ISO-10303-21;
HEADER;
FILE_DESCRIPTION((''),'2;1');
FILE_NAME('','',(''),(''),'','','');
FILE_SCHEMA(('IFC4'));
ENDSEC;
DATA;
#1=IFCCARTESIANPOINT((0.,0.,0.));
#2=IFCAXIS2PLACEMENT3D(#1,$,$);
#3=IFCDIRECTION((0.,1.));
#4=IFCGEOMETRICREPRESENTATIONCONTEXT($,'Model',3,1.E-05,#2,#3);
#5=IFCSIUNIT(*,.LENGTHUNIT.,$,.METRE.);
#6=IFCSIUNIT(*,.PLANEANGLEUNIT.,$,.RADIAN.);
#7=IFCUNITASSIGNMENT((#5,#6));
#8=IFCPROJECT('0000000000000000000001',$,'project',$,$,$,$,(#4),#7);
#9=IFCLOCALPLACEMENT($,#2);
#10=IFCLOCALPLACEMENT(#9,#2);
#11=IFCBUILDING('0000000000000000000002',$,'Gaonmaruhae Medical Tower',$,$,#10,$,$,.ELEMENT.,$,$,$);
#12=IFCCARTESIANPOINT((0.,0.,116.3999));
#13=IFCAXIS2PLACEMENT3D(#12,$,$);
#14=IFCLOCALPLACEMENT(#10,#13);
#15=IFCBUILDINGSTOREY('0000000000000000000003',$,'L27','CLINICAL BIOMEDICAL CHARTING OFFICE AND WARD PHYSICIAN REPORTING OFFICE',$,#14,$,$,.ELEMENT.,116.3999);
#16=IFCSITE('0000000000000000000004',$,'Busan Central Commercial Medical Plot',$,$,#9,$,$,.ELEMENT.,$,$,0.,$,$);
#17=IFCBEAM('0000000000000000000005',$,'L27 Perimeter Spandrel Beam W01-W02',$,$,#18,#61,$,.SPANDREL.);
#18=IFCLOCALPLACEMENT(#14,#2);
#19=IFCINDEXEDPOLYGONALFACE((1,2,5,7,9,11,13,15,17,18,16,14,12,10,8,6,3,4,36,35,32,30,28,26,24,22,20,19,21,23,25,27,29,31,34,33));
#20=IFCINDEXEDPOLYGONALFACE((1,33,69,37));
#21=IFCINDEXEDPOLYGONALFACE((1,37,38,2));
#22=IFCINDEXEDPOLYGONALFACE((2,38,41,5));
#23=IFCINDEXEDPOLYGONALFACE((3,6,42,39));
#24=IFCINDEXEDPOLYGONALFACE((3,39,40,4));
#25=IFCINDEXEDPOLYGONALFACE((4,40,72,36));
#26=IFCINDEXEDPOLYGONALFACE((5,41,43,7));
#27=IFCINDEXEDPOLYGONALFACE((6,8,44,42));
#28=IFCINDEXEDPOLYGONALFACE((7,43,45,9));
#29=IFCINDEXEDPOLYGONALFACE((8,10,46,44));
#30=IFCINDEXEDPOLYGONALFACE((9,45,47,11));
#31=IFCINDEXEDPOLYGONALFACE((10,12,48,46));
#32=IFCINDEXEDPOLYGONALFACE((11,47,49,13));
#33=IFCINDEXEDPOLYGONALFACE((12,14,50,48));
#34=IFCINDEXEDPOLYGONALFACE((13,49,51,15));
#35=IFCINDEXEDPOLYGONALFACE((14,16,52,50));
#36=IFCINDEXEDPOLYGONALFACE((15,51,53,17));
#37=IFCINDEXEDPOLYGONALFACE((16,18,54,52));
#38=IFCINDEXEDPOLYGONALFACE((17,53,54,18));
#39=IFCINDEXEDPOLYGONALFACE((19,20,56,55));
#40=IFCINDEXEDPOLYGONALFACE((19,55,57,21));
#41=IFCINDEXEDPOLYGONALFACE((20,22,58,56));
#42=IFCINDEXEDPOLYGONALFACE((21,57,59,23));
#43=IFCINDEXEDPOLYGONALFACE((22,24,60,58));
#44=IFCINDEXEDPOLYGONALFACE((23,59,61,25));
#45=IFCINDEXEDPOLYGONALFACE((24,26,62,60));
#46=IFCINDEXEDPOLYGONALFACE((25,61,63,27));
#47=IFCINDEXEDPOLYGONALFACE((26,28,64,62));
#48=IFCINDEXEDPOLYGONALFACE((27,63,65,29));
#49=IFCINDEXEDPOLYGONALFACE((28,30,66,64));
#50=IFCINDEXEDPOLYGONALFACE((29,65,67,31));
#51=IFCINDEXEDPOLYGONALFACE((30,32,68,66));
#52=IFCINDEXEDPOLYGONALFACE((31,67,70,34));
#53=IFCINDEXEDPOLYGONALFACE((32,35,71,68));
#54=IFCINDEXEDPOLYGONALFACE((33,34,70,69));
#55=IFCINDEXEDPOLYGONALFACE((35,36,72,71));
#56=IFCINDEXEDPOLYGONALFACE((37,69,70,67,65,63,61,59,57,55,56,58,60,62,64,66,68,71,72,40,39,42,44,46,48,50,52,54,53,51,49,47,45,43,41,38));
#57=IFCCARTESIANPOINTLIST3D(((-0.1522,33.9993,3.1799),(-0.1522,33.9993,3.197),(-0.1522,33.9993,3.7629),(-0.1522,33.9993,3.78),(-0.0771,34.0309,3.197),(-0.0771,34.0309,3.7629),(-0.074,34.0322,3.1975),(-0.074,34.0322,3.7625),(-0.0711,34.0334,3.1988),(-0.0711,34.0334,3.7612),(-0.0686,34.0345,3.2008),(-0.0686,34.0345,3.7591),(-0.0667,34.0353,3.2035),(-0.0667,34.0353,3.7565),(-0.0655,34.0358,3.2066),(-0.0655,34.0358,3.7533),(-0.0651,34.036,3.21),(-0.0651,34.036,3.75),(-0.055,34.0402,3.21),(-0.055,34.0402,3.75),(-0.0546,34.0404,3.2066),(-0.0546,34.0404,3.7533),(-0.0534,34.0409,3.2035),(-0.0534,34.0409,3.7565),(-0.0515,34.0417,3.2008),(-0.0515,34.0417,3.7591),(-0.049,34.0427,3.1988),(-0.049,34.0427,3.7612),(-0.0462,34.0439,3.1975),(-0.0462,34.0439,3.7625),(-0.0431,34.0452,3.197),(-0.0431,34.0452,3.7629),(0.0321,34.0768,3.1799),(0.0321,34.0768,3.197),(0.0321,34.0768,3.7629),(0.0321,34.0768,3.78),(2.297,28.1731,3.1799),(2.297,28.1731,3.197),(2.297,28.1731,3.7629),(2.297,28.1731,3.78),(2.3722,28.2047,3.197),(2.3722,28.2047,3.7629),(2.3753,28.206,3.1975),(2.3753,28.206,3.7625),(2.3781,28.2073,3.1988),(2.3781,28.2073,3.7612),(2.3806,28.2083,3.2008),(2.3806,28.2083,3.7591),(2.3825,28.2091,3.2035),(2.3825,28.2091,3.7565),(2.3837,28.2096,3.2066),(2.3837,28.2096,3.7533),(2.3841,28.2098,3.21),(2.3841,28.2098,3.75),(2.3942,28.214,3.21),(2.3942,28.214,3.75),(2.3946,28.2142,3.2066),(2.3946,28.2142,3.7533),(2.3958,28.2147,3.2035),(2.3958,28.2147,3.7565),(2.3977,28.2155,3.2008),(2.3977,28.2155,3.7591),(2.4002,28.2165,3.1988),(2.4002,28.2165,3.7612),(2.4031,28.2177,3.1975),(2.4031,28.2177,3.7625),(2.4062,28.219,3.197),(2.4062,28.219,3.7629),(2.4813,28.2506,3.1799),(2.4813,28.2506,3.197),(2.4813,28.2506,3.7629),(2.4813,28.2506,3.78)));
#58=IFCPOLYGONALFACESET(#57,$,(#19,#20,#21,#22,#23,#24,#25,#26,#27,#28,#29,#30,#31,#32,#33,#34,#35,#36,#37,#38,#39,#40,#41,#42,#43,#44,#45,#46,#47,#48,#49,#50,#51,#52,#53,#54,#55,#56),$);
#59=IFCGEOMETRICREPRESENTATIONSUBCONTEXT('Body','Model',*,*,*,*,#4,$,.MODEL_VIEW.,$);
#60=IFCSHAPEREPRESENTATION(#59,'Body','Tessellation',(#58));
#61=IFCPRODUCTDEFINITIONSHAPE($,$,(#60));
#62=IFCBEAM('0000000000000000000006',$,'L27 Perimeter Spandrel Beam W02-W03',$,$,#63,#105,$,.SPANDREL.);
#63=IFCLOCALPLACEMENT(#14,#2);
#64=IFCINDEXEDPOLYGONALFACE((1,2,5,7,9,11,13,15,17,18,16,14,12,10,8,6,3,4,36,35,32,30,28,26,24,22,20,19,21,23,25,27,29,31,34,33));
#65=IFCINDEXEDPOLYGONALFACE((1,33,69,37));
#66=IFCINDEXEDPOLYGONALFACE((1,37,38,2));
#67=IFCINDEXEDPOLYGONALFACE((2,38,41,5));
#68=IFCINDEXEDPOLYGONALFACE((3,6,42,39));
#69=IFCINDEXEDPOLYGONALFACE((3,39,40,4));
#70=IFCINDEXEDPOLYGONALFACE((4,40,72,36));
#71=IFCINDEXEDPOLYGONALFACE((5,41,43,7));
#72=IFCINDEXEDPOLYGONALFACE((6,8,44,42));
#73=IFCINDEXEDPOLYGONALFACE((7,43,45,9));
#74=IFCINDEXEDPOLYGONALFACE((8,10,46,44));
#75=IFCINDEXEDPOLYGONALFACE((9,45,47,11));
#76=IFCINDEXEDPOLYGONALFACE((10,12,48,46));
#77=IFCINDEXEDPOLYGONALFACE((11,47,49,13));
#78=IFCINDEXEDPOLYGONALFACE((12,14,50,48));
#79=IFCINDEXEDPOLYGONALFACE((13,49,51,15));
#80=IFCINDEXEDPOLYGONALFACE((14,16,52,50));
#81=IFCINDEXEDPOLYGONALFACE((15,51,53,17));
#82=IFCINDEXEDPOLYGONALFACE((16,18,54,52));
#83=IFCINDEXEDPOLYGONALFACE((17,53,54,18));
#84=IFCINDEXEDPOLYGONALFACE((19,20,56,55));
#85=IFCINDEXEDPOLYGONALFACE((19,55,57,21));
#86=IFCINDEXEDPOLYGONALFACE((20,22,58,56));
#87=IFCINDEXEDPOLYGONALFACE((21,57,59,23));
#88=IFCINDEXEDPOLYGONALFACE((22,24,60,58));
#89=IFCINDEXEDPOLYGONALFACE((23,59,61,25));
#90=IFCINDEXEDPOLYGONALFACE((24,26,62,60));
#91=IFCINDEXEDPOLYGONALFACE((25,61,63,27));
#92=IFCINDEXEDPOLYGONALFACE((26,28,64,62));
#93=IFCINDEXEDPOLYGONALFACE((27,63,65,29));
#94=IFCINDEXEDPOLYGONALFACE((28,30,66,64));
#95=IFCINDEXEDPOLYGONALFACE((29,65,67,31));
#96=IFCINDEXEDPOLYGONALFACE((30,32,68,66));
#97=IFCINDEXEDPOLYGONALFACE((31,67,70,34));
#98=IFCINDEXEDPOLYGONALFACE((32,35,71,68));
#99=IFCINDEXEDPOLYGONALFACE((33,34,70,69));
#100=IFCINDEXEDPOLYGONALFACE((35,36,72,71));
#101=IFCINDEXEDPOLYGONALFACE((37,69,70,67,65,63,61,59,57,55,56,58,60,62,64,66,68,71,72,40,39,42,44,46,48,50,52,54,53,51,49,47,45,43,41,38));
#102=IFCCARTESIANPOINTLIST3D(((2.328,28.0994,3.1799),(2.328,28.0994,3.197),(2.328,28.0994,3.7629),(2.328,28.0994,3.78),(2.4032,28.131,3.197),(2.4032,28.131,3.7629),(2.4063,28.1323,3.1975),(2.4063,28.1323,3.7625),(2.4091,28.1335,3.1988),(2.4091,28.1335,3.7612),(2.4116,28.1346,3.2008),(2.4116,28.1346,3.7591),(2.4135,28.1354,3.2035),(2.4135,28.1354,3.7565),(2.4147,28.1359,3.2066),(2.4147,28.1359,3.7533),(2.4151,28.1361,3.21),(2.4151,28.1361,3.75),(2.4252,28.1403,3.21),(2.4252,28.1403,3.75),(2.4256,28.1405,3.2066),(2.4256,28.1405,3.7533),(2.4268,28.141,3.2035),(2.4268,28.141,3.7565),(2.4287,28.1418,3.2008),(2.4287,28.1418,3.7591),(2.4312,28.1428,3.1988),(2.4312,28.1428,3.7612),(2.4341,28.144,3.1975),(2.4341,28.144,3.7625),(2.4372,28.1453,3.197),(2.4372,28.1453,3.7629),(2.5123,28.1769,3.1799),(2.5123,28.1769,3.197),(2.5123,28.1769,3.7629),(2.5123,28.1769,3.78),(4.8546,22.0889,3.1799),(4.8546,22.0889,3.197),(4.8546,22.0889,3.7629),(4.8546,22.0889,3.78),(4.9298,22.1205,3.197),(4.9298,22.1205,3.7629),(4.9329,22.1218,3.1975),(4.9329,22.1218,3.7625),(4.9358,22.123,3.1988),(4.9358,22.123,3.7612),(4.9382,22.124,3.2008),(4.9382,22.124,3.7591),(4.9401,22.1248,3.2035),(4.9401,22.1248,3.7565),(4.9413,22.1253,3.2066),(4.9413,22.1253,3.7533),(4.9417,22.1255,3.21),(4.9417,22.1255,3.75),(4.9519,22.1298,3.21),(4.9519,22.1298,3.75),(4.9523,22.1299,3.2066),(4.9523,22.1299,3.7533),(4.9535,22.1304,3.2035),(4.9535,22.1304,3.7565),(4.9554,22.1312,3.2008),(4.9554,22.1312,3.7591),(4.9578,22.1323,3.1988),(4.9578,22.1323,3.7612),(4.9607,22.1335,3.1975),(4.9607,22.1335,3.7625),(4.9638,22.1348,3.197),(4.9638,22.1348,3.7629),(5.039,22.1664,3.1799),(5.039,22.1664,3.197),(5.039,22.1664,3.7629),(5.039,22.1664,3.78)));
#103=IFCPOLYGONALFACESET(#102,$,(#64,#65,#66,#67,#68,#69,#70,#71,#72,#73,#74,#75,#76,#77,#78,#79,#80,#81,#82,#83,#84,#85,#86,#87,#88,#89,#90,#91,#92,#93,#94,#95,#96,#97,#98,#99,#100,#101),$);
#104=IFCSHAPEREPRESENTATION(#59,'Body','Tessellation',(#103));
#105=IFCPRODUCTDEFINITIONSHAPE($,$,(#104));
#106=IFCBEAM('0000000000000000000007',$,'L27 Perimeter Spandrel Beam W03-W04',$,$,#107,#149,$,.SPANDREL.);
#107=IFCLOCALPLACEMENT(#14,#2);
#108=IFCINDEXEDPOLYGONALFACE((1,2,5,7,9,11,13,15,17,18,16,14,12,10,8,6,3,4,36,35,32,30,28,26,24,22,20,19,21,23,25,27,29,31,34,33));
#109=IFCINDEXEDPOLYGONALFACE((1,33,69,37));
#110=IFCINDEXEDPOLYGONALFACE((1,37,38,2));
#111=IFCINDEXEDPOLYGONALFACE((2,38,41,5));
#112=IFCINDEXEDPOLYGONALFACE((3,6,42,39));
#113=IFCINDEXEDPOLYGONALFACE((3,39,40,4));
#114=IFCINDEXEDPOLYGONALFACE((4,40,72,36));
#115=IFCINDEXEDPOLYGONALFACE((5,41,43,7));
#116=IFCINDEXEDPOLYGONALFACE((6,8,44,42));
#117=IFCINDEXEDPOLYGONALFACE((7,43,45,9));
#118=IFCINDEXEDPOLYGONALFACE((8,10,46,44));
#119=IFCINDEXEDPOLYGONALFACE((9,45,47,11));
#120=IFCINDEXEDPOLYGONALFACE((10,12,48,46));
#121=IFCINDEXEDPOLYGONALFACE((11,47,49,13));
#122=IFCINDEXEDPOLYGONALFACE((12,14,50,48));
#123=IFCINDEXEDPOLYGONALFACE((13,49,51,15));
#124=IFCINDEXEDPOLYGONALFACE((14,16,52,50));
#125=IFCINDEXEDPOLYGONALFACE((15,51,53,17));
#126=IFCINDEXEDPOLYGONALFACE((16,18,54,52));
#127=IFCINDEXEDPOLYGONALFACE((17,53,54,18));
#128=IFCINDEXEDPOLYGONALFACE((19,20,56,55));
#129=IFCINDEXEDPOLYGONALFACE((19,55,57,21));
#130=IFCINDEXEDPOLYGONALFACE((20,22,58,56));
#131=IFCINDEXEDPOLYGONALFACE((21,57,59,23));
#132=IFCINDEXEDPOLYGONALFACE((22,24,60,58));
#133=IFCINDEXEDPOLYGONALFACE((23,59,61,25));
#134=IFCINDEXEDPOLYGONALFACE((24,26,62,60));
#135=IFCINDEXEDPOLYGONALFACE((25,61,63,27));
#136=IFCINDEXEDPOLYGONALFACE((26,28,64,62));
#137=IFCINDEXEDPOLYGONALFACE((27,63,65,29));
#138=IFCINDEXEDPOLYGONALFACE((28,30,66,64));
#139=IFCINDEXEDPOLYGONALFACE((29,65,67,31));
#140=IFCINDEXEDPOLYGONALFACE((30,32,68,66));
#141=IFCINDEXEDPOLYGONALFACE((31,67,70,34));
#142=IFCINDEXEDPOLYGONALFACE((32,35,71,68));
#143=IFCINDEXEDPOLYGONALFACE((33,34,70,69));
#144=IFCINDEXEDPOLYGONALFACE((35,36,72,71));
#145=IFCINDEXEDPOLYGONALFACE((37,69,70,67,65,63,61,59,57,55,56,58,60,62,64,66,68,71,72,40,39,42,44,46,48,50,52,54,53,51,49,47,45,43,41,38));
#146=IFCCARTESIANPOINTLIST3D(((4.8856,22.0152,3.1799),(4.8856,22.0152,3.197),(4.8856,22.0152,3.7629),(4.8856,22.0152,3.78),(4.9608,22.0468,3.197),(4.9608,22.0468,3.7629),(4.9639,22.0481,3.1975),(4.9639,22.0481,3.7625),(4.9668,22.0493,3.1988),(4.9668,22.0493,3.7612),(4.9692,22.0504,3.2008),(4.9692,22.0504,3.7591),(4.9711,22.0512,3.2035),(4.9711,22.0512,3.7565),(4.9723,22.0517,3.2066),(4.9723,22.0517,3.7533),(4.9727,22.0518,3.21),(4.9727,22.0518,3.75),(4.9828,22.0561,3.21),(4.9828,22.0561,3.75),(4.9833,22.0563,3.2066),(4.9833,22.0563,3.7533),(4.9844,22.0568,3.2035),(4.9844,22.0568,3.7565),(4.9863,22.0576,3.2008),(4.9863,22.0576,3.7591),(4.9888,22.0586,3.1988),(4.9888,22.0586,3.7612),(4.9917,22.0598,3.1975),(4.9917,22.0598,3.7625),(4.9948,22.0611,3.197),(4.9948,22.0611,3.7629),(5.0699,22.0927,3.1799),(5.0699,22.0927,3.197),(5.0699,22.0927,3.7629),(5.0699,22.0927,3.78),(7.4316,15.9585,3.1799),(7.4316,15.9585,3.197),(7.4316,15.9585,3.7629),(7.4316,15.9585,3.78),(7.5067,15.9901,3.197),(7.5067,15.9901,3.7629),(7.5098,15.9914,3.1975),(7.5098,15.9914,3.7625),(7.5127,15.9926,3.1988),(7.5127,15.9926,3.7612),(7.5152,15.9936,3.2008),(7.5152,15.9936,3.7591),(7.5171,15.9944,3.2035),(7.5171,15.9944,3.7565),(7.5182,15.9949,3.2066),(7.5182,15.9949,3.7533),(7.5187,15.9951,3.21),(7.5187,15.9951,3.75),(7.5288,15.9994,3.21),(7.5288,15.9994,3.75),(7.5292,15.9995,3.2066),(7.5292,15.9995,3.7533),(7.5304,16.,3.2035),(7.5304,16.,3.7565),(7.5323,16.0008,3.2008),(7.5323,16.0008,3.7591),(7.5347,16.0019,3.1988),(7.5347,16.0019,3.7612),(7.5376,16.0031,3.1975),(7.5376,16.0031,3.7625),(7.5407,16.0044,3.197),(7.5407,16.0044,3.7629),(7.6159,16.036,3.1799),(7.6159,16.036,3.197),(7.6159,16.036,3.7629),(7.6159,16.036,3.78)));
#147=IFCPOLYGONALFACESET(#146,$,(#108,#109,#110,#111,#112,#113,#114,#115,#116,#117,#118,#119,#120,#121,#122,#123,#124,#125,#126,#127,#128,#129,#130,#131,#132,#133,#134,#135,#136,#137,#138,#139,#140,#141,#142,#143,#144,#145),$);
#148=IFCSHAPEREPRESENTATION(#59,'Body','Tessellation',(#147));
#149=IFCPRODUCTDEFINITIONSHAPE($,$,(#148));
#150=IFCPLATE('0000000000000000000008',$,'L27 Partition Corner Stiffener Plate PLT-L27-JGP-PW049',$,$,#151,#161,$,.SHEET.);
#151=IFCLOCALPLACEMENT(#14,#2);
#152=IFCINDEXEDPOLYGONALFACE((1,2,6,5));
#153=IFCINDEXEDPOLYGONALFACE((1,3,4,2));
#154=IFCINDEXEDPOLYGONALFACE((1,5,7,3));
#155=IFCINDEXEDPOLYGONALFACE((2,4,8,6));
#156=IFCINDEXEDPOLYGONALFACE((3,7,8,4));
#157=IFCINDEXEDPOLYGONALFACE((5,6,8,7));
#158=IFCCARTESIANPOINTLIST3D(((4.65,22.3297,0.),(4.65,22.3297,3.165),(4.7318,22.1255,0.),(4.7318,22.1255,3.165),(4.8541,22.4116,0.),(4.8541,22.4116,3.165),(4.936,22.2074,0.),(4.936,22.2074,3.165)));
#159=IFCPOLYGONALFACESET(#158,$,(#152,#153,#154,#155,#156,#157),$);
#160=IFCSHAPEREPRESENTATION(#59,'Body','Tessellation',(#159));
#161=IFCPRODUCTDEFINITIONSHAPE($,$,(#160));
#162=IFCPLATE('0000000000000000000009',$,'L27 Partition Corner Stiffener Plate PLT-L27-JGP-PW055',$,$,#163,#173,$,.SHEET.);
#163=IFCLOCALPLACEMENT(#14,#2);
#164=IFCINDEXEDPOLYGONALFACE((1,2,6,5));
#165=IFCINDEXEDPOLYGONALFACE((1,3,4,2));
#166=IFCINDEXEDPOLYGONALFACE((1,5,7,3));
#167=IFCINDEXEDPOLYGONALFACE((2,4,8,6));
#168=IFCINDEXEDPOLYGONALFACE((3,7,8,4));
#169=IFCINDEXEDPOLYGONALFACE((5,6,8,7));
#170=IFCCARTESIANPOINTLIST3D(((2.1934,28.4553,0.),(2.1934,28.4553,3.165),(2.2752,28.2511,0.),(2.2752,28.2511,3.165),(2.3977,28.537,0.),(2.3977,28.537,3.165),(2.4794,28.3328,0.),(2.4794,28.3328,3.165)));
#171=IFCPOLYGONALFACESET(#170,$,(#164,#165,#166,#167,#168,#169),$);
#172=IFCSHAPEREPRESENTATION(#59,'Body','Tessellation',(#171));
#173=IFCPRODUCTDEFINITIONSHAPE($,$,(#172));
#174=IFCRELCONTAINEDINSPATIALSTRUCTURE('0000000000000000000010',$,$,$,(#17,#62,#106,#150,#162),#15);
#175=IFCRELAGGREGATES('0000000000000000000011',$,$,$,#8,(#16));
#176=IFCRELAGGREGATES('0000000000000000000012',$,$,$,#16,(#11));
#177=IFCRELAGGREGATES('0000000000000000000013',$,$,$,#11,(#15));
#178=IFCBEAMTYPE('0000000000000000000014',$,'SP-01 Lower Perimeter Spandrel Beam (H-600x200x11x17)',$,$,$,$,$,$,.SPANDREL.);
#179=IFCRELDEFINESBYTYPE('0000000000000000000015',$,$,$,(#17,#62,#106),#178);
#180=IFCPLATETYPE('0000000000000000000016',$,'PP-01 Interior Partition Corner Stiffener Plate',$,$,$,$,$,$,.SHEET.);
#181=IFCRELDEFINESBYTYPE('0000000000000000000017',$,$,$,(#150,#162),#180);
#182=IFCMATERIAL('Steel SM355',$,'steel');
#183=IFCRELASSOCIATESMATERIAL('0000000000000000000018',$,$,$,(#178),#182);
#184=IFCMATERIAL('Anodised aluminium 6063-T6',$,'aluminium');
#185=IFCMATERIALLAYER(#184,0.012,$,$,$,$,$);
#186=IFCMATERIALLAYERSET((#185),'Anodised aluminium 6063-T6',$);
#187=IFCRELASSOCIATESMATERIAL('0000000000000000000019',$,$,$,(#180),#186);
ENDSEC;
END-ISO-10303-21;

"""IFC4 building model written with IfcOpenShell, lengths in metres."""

from ifc_helpers import new_model, si_unit, direction, frame, origin, origin_2d, place, context, subcontext, project, spatial, rectangle, i_section, extrude, material, layer, layer_set, material_profile, profile_set, type_object, element, save


model = new_model("IFC4")

# Units and contexts
model_context = context("Model", 3, precision=1e-05, world=origin(), true_north=direction((0.0, 1.0)))
body_context = subcontext(model_context, "Body", "Model", "MODEL_VIEW")
ifc_project = project(units=[si_unit("LENGTHUNIT", "METRE"), si_unit("PLANEANGLEUNIT", "RADIAN")], contexts=[model_context])

# Site, building, storey
site_placement = place(None, origin())
site = spatial("IfcSite", under=ifc_project, at=site_placement, Name="Busan Central Commercial Medical Plot", CompositionType="ELEMENT", RefElevation=0.0)
building_placement = place(site_placement, origin())
building = spatial("IfcBuilding", under=site, at=building_placement, Name="Gaonmaruhae Medical Tower", CompositionType="ELEMENT")
storey_placement = place(building_placement, frame((0.0, 0.0, 116.3999)))
storey = spatial("IfcBuildingStorey", under=building, at=storey_placement, Name="L27", Description="CLINICAL BIOMEDICAL CHARTING OFFICE AND WARD PHYSICIAN REPORTING OFFICE", CompositionType="ELEMENT", Elevation=116.3999)

# Beams
ifc_material_1 = material(Name="Steel SM355", Category="steel")
ifc_material_profile_1 = material_profile(ifc_material_1, i_section(OverallWidth=0.2, OverallDepth=0.6001, WebThickness=0.011, FlangeThickness=0.0171, FilletRadius=0.0129, at=origin_2d()), Name="H-600x200x11x17")
ifc_profile_set_1 = profile_set([ifc_material_profile_1], Name="Steel SM355")
beam_type_1 = type_object("IfcBeamType", Name="SP-01 Lower Perimeter Spandrel Beam (H-600x200x11x17)", PredefinedType="SPANDREL", material=ifc_profile_set_1)
beam_1_placement = place(storey_placement, frame((-0.0601, 34.0381, 3.48), z_axis=(0.387532, -0.921856, 0.0), x_axis=(0.921856, 0.387532, 0.0)))
element("IfcBeam", 1, at=beam_1_placement, inside=storey, type_object=beam_type_1, Name="L27 Perimeter Spandrel Beam W01-W02", PredefinedType="SPANDREL", context=body_context, shape_type="SweptSolid", body=[
    extrude(i_section(OverallWidth=0.2, OverallDepth=0.6001, WebThickness=0.011, FlangeThickness=0.0171, FilletRadius=0.0129, at=origin_2d()), origin(), (0.0, 0.0, 1.0), 6.3201),
])
beam_2_placement = place(storey_placement, frame((2.4202, 28.1382, 3.48), z_axis=(0.38752, -0.921861, 0.0), x_axis=(0.921861, 0.38752, 0.0)))
element("IfcBeam", 2, at=beam_2_placement, inside=storey, type_object=beam_type_1, Name="L27 Perimeter Spandrel Beam W02-W03", PredefinedType="SPANDREL", context=body_context, shape_type="SweptSolid", body=[
    extrude(i_section(OverallWidth=0.2, OverallDepth=0.6001, WebThickness=0.011, FlangeThickness=0.0171, FilletRadius=0.0129, at=origin_2d()), origin(), (0.0, 0.0, 1.0), 6.52),
])
beam_3_placement = place(storey_placement, frame((4.9778, 22.054, 3.48), z_axis=(0.387505, -0.921867, 0.0), x_axis=(0.921867, 0.387505, 0.0)))
element("IfcBeam", 3, at=beam_3_placement, inside=storey, type_object=beam_type_1, Name="L27 Perimeter Spandrel Beam W03-W04", PredefinedType="SPANDREL", context=body_context, shape_type="SweptSolid", body=[
    extrude(i_section(OverallWidth=0.2, OverallDepth=0.6001, WebThickness=0.011, FlangeThickness=0.0171, FilletRadius=0.0129, at=origin_2d()), origin(), (0.0, 0.0, 1.0), 6.5701),
])

# Plates
ifc_material_2 = material(Name="Anodised aluminium 6063-T6", Category="aluminium")
ifc_layer_1 = layer(ifc_material_2, 0.012)
ifc_layer_set_1 = layer_set([ifc_layer_1], Name="Anodised aluminium 6063-T6")
plate_type = type_object("IfcPlateType", Name="PP-01 Interior Partition Corner Stiffener Plate", PredefinedType="SHEET", material=ifc_layer_set_1)
for number, where, z_axis, x_axis, name in (
    (4, (4.793, 22.2686, 0.0), (0.0, 0.0, 1.0), (-0.372097, 0.928194, 0.0), "L27 Partition Corner Stiffener Plate PLT-L27-JGP-PW049"),
    (5, (2.3364, 28.394, 0.0), (0.0, 0.0, 1.0), (-0.371562, 0.928408, 0.0), "L27 Partition Corner Stiffener Plate PLT-L27-JGP-PW055"),
):
    element("IfcPlate", number, at=place(storey_placement, frame(where, z_axis=z_axis, x_axis=x_axis)), inside=storey, type_object=plate_type, Name=name, PredefinedType="SHEET", context=body_context, shape_type="SweptSolid", body=[
        extrude(rectangle(XDim=0.22, YDim=0.22, at=origin_2d()), origin(), (0.0, 0.0, 1.0), 3.165),
    ])

save(model, "model.ifc")
